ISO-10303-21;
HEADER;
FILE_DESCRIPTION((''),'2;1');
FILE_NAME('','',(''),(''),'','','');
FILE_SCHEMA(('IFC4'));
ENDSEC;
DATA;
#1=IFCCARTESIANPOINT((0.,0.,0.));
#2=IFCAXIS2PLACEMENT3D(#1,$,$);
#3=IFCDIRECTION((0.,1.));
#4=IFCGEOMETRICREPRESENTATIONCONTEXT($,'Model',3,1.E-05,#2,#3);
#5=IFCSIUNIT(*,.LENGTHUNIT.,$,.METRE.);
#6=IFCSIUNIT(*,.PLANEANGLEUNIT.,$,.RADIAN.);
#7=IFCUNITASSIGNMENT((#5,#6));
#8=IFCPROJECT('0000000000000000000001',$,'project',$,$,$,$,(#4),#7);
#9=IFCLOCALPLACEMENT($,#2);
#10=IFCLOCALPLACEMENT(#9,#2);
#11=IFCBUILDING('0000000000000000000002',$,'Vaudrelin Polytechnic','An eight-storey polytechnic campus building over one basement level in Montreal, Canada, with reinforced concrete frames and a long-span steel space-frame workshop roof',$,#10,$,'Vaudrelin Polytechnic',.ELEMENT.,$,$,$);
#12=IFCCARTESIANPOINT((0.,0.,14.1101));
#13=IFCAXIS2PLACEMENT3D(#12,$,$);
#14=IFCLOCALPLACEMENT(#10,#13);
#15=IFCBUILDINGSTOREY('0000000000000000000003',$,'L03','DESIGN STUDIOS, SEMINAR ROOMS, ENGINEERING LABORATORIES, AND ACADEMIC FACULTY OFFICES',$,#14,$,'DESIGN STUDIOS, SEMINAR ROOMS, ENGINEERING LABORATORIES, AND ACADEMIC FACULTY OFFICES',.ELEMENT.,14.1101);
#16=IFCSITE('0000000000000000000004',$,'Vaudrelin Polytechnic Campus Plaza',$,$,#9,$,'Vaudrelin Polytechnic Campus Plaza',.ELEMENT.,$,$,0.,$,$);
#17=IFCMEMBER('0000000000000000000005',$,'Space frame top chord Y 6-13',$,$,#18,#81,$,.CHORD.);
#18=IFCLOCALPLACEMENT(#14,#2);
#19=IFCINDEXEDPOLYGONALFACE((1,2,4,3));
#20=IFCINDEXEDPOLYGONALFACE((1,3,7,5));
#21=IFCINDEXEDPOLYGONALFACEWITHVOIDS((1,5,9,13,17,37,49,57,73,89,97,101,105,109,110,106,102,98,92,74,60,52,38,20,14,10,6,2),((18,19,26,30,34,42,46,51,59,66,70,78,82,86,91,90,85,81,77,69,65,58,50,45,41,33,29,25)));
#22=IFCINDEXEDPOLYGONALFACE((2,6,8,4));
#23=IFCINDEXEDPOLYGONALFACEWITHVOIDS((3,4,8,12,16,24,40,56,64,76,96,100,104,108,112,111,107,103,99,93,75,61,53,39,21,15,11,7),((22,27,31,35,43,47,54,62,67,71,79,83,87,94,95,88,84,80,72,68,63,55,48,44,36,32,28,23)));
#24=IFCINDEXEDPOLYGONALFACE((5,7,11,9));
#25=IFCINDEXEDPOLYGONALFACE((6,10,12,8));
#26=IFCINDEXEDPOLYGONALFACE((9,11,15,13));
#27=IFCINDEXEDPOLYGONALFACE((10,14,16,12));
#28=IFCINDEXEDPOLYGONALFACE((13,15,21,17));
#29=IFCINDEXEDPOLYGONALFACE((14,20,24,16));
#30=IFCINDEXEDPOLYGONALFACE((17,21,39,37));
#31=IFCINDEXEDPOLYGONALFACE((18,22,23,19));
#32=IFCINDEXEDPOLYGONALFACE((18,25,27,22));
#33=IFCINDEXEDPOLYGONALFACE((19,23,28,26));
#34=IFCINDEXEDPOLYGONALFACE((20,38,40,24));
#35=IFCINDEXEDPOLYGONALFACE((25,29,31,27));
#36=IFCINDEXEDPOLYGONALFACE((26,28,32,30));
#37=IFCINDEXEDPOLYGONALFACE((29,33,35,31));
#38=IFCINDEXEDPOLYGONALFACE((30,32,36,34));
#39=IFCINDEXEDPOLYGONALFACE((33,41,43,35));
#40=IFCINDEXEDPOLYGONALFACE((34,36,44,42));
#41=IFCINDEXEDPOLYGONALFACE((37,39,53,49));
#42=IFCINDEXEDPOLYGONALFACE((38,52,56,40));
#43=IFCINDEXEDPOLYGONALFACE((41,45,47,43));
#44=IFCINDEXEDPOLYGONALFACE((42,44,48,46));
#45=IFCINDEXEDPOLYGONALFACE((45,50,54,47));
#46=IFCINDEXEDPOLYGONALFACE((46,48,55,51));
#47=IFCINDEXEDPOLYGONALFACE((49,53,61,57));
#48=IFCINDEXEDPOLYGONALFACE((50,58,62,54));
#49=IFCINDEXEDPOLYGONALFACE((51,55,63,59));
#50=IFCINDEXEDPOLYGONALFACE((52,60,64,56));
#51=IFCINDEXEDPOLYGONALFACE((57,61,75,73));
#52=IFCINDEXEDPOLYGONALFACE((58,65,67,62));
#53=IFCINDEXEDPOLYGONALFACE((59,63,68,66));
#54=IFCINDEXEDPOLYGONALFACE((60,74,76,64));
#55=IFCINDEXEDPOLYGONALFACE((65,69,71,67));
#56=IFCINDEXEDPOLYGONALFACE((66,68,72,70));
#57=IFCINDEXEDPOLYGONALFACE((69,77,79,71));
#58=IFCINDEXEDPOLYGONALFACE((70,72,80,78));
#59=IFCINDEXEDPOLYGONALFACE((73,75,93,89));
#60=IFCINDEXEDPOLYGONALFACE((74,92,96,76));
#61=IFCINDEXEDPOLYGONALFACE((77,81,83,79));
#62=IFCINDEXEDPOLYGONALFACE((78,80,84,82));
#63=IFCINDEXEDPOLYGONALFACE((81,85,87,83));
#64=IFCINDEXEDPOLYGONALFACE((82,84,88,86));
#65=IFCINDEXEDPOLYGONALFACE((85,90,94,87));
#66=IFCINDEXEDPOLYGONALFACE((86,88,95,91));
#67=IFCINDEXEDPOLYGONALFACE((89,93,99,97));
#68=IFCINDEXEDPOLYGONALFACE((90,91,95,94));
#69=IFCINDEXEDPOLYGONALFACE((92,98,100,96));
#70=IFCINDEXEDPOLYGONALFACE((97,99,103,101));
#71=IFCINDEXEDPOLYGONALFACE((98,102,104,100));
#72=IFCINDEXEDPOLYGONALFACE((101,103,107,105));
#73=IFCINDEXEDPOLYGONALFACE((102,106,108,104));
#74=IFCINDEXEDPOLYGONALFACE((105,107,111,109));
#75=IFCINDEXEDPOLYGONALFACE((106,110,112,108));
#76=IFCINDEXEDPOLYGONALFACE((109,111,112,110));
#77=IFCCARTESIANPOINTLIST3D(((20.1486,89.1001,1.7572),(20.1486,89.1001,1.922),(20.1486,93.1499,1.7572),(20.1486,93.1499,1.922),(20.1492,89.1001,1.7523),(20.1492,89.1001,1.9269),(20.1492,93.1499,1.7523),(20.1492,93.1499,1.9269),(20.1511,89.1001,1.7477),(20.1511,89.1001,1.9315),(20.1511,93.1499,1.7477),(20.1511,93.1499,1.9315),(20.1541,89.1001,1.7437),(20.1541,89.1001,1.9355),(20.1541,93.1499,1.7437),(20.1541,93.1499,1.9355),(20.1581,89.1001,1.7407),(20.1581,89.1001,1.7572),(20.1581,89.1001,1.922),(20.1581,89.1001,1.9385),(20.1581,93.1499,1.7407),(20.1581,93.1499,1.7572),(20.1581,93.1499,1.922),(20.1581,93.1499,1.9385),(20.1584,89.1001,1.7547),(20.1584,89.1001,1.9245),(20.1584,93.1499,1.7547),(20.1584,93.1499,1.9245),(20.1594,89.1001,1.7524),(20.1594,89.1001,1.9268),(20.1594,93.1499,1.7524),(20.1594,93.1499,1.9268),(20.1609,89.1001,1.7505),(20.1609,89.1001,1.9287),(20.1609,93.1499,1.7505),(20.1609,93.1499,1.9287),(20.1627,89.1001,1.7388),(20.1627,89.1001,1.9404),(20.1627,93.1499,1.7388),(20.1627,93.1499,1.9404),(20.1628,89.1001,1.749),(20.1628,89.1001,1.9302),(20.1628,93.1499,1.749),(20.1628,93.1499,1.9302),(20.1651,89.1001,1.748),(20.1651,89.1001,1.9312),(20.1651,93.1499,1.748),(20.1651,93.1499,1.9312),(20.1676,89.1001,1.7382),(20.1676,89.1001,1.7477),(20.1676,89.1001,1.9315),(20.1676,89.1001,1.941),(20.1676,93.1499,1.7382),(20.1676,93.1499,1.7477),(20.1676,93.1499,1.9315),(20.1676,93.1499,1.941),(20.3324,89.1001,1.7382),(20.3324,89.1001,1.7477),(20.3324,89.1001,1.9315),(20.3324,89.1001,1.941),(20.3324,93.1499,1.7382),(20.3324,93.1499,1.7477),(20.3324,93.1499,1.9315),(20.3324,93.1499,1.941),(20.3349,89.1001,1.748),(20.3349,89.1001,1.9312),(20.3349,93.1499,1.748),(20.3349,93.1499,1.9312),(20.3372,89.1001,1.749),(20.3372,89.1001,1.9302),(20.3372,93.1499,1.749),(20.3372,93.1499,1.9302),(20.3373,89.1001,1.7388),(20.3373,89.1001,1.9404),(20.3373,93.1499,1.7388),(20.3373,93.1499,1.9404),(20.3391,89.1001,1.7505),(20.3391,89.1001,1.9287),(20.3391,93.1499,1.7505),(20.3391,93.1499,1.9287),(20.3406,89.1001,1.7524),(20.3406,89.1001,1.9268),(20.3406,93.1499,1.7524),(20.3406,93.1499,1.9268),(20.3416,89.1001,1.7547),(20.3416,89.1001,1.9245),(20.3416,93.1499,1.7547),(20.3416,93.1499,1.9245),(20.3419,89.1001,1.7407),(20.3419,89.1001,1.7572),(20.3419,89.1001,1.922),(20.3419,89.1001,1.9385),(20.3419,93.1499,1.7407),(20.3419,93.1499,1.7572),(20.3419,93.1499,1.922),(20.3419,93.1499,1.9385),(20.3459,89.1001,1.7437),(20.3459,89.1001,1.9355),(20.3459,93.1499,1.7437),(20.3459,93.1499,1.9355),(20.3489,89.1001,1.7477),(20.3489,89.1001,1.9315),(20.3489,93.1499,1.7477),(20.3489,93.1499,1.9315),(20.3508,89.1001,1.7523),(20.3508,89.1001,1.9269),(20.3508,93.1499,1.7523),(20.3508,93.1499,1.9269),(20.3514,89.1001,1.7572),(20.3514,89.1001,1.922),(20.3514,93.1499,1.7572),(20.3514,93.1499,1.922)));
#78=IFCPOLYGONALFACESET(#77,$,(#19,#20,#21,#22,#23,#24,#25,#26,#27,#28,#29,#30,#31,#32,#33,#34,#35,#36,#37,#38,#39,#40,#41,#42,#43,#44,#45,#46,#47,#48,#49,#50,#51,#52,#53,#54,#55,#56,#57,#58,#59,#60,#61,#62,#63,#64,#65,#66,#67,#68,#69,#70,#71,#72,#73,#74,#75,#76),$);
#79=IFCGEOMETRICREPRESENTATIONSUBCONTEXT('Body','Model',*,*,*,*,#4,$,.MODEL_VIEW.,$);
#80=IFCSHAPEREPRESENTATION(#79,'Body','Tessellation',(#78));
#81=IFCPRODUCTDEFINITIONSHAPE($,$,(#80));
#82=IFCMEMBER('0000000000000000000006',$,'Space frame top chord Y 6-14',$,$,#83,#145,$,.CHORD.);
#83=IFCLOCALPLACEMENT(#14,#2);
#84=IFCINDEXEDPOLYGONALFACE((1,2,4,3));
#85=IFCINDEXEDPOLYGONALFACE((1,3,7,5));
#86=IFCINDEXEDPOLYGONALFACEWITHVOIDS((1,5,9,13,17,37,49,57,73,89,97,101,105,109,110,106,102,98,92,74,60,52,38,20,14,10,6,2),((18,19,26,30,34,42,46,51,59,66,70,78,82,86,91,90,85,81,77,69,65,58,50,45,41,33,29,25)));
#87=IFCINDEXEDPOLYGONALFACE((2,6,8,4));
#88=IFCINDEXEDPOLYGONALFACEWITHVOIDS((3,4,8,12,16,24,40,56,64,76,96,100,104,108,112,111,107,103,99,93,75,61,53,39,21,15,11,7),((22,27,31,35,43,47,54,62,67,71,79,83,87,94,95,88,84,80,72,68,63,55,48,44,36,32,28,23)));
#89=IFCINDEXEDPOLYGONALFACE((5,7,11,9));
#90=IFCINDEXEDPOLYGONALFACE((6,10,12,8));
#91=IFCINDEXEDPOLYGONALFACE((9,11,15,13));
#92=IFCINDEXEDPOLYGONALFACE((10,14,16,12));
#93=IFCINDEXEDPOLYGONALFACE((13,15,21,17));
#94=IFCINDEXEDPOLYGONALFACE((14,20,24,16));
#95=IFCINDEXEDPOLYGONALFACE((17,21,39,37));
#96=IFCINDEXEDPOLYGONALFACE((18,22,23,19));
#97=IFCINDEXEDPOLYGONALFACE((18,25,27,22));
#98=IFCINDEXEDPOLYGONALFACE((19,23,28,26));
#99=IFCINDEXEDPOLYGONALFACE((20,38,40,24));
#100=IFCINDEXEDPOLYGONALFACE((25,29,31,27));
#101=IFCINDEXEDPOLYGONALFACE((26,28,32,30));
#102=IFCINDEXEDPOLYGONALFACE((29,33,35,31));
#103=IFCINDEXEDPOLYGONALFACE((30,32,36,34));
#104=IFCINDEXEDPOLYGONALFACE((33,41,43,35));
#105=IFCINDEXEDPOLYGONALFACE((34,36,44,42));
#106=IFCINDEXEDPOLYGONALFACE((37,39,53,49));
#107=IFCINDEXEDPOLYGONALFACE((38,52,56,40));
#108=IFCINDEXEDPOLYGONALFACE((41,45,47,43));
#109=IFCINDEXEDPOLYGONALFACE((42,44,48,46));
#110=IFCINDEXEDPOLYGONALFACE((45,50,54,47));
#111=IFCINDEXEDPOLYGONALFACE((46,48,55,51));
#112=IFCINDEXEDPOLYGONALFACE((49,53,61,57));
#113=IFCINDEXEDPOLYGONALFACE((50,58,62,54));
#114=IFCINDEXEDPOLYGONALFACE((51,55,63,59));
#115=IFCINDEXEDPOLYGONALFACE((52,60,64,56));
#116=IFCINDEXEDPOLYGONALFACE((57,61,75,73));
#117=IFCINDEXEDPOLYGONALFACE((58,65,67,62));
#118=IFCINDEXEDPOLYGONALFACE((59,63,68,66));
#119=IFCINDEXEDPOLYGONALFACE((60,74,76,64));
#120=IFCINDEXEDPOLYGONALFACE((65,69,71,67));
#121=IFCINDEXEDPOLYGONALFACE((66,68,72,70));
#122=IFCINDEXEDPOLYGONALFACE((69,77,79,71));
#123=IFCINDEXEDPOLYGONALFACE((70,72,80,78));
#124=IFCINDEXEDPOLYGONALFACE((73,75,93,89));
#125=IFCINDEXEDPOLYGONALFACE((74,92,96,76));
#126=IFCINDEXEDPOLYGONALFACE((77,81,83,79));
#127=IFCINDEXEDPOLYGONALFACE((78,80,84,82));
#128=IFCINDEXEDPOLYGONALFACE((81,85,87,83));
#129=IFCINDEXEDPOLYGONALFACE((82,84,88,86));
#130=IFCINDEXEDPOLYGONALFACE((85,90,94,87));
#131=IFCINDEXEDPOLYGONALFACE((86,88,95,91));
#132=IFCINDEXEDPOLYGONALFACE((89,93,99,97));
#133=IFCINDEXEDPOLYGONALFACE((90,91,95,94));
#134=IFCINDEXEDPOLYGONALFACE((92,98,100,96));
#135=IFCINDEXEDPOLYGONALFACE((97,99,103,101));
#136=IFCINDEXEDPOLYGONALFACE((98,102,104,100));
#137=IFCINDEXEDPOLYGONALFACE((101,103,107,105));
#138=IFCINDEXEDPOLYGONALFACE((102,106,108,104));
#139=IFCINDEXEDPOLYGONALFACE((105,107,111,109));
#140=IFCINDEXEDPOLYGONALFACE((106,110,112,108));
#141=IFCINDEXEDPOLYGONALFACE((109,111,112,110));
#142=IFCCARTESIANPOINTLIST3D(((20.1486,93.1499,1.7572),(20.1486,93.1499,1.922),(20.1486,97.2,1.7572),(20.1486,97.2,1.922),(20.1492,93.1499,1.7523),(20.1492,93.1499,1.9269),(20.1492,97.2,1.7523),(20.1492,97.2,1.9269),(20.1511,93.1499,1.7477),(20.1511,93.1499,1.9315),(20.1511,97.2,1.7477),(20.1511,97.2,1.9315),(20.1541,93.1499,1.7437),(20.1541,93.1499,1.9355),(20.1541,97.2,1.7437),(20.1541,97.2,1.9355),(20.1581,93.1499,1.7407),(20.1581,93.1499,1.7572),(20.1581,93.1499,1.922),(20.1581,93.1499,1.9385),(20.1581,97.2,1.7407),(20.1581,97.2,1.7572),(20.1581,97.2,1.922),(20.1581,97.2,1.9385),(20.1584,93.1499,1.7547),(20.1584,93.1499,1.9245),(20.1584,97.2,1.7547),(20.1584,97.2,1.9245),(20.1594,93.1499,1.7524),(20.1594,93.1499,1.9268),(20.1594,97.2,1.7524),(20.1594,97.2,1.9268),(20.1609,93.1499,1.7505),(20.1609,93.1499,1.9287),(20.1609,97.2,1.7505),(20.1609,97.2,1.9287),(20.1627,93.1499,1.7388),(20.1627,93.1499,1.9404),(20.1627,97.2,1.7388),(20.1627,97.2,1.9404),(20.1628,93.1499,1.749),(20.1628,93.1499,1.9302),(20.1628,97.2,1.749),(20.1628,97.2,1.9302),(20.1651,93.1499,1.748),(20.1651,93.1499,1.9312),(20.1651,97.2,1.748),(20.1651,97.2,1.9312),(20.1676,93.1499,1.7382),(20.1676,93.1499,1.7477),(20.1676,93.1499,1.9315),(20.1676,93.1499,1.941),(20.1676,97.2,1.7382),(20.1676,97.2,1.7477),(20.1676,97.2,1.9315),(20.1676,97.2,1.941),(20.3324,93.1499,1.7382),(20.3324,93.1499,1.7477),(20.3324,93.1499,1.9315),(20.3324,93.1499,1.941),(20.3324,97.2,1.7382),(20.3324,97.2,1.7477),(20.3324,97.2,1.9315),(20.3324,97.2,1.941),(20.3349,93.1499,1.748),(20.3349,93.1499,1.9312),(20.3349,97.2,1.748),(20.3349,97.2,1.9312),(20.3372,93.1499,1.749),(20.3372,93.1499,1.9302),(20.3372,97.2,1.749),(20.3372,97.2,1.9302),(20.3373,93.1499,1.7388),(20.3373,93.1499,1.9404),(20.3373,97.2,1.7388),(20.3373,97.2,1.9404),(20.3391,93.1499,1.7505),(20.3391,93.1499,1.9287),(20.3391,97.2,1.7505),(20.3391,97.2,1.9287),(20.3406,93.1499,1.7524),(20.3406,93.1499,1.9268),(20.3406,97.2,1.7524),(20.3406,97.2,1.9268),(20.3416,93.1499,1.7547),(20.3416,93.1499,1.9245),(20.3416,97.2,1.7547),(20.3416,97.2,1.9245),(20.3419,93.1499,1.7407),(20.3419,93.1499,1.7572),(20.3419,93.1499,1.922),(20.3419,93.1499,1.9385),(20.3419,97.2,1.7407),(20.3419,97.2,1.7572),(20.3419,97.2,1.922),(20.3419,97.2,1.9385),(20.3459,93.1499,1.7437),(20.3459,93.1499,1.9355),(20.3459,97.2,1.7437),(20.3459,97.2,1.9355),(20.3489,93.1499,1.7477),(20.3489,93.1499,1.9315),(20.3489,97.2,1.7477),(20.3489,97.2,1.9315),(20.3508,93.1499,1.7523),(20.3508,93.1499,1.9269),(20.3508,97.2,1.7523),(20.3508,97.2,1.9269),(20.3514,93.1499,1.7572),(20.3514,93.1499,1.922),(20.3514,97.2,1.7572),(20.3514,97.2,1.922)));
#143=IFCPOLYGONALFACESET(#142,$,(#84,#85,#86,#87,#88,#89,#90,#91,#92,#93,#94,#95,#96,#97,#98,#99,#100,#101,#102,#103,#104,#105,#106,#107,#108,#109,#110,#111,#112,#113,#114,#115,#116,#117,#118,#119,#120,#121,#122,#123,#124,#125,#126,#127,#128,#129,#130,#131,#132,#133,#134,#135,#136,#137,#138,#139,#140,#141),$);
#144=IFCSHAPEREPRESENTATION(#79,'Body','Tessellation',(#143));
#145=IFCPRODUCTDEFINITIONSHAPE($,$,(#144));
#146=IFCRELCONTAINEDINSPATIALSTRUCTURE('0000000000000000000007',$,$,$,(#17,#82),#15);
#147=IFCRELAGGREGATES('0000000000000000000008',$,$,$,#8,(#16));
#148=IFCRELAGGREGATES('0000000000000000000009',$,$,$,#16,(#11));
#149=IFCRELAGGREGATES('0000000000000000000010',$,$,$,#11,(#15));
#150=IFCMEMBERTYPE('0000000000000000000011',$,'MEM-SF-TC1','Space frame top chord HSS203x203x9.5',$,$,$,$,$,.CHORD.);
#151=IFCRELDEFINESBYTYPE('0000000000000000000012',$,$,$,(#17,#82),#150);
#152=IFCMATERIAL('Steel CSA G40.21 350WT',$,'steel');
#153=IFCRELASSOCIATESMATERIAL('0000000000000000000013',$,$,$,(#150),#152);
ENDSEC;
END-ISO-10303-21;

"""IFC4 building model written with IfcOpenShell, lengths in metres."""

from ifc_helpers import new_model, si_unit, direction, frame, origin, origin_2d, place, context, subcontext, project, spatial, hollow_rectangle, extrude, material, material_profile, profile_set, type_object, element, save


model = new_model("IFC4")

# Units and contexts
model_context = context("Model", 3, precision=1e-05, world=origin(), true_north=direction((0.0, 1.0)))
body_context = subcontext(model_context, "Body", "Model", "MODEL_VIEW")
ifc_project = project(units=[si_unit("LENGTHUNIT", "METRE"), si_unit("PLANEANGLEUNIT", "RADIAN")], contexts=[model_context])

# Site, building, storey
site_placement = place(None, origin())
site = spatial("IfcSite", under=ifc_project, at=site_placement, Name="Vaudrelin Polytechnic Campus Plaza", LongName="Vaudrelin Polytechnic Campus Plaza", CompositionType="ELEMENT", RefElevation=0.0)
building_placement = place(site_placement, origin())
building = spatial("IfcBuilding", under=site, at=building_placement, Name="Vaudrelin Polytechnic", Description="An eight-storey polytechnic campus building over one basement level in Montreal, Canada, with reinforced concrete frames and a long-span steel space-frame workshop roof", LongName="Vaudrelin Polytechnic", CompositionType="ELEMENT")
storey_placement = place(building_placement, frame((0.0, 0.0, 14.1101)))
storey = spatial("IfcBuildingStorey", under=building, at=storey_placement, Name="L03", Description="DESIGN STUDIOS, SEMINAR ROOMS, ENGINEERING LABORATORIES, AND ACADEMIC FACULTY OFFICES", LongName="DESIGN STUDIOS, SEMINAR ROOMS, ENGINEERING LABORATORIES, AND ACADEMIC FACULTY OFFICES", CompositionType="ELEMENT", Elevation=14.1101)

# Shared definitions
ifc_material_1 = material(Name="Steel CSA G40.21 350WT", Category="steel")

# Members
ifc_material_profile_1 = material_profile(ifc_material_1, hollow_rectangle(XDim=0.2029, YDim=0.2029, WallThickness=0.0095, InnerFilletRadius=0.0095, OuterFilletRadius=0.019, at=origin_2d()), Name="HSS203x203x9.5")
ifc_profile_set_1 = profile_set([ifc_material_profile_1], Name="Steel CSA G40.21 350WT")
member_type_1 = type_object("IfcMemberType", Name="MEM-SF-TC1", Description="Space frame top chord HSS203x203x9.5", PredefinedType="CHORD", material=ifc_profile_set_1)
member_1_placement = place(storey_placement, frame((20.25, 89.1001, 1.8396), z_axis=(0.0, 1.0, 0.0), x_axis=(-1.0, 0.0, 0.0)))
element("IfcMember", 1, at=member_1_placement, inside=storey, type_object=member_type_1, Name="Space frame top chord Y 6-13", PredefinedType="CHORD", context=body_context, shape_type="SweptSolid", body=[
    extrude(hollow_rectangle(XDim=0.2029, YDim=0.2029, WallThickness=0.0095, InnerFilletRadius=0.0095, OuterFilletRadius=0.019, at=origin_2d()), origin(), (0.0, 0.0, 1.0), 4.0498),
])
member_2_placement = place(storey_placement, frame((20.25, 93.1499, 1.8396), z_axis=(0.0, 1.0, 0.0), x_axis=(-1.0, 0.0, 0.0)))
element("IfcMember", 2, at=member_2_placement, inside=storey, type_object=member_type_1, Name="Space frame top chord Y 6-14", PredefinedType="CHORD", context=body_context, shape_type="SweptSolid", body=[
    extrude(hollow_rectangle(XDim=0.2029, YDim=0.2029, WallThickness=0.0095, InnerFilletRadius=0.0095, OuterFilletRadius=0.019, at=origin_2d()), origin(), (0.0, 0.0, 1.0), 4.05),
])

save(model, "model.ifc")
